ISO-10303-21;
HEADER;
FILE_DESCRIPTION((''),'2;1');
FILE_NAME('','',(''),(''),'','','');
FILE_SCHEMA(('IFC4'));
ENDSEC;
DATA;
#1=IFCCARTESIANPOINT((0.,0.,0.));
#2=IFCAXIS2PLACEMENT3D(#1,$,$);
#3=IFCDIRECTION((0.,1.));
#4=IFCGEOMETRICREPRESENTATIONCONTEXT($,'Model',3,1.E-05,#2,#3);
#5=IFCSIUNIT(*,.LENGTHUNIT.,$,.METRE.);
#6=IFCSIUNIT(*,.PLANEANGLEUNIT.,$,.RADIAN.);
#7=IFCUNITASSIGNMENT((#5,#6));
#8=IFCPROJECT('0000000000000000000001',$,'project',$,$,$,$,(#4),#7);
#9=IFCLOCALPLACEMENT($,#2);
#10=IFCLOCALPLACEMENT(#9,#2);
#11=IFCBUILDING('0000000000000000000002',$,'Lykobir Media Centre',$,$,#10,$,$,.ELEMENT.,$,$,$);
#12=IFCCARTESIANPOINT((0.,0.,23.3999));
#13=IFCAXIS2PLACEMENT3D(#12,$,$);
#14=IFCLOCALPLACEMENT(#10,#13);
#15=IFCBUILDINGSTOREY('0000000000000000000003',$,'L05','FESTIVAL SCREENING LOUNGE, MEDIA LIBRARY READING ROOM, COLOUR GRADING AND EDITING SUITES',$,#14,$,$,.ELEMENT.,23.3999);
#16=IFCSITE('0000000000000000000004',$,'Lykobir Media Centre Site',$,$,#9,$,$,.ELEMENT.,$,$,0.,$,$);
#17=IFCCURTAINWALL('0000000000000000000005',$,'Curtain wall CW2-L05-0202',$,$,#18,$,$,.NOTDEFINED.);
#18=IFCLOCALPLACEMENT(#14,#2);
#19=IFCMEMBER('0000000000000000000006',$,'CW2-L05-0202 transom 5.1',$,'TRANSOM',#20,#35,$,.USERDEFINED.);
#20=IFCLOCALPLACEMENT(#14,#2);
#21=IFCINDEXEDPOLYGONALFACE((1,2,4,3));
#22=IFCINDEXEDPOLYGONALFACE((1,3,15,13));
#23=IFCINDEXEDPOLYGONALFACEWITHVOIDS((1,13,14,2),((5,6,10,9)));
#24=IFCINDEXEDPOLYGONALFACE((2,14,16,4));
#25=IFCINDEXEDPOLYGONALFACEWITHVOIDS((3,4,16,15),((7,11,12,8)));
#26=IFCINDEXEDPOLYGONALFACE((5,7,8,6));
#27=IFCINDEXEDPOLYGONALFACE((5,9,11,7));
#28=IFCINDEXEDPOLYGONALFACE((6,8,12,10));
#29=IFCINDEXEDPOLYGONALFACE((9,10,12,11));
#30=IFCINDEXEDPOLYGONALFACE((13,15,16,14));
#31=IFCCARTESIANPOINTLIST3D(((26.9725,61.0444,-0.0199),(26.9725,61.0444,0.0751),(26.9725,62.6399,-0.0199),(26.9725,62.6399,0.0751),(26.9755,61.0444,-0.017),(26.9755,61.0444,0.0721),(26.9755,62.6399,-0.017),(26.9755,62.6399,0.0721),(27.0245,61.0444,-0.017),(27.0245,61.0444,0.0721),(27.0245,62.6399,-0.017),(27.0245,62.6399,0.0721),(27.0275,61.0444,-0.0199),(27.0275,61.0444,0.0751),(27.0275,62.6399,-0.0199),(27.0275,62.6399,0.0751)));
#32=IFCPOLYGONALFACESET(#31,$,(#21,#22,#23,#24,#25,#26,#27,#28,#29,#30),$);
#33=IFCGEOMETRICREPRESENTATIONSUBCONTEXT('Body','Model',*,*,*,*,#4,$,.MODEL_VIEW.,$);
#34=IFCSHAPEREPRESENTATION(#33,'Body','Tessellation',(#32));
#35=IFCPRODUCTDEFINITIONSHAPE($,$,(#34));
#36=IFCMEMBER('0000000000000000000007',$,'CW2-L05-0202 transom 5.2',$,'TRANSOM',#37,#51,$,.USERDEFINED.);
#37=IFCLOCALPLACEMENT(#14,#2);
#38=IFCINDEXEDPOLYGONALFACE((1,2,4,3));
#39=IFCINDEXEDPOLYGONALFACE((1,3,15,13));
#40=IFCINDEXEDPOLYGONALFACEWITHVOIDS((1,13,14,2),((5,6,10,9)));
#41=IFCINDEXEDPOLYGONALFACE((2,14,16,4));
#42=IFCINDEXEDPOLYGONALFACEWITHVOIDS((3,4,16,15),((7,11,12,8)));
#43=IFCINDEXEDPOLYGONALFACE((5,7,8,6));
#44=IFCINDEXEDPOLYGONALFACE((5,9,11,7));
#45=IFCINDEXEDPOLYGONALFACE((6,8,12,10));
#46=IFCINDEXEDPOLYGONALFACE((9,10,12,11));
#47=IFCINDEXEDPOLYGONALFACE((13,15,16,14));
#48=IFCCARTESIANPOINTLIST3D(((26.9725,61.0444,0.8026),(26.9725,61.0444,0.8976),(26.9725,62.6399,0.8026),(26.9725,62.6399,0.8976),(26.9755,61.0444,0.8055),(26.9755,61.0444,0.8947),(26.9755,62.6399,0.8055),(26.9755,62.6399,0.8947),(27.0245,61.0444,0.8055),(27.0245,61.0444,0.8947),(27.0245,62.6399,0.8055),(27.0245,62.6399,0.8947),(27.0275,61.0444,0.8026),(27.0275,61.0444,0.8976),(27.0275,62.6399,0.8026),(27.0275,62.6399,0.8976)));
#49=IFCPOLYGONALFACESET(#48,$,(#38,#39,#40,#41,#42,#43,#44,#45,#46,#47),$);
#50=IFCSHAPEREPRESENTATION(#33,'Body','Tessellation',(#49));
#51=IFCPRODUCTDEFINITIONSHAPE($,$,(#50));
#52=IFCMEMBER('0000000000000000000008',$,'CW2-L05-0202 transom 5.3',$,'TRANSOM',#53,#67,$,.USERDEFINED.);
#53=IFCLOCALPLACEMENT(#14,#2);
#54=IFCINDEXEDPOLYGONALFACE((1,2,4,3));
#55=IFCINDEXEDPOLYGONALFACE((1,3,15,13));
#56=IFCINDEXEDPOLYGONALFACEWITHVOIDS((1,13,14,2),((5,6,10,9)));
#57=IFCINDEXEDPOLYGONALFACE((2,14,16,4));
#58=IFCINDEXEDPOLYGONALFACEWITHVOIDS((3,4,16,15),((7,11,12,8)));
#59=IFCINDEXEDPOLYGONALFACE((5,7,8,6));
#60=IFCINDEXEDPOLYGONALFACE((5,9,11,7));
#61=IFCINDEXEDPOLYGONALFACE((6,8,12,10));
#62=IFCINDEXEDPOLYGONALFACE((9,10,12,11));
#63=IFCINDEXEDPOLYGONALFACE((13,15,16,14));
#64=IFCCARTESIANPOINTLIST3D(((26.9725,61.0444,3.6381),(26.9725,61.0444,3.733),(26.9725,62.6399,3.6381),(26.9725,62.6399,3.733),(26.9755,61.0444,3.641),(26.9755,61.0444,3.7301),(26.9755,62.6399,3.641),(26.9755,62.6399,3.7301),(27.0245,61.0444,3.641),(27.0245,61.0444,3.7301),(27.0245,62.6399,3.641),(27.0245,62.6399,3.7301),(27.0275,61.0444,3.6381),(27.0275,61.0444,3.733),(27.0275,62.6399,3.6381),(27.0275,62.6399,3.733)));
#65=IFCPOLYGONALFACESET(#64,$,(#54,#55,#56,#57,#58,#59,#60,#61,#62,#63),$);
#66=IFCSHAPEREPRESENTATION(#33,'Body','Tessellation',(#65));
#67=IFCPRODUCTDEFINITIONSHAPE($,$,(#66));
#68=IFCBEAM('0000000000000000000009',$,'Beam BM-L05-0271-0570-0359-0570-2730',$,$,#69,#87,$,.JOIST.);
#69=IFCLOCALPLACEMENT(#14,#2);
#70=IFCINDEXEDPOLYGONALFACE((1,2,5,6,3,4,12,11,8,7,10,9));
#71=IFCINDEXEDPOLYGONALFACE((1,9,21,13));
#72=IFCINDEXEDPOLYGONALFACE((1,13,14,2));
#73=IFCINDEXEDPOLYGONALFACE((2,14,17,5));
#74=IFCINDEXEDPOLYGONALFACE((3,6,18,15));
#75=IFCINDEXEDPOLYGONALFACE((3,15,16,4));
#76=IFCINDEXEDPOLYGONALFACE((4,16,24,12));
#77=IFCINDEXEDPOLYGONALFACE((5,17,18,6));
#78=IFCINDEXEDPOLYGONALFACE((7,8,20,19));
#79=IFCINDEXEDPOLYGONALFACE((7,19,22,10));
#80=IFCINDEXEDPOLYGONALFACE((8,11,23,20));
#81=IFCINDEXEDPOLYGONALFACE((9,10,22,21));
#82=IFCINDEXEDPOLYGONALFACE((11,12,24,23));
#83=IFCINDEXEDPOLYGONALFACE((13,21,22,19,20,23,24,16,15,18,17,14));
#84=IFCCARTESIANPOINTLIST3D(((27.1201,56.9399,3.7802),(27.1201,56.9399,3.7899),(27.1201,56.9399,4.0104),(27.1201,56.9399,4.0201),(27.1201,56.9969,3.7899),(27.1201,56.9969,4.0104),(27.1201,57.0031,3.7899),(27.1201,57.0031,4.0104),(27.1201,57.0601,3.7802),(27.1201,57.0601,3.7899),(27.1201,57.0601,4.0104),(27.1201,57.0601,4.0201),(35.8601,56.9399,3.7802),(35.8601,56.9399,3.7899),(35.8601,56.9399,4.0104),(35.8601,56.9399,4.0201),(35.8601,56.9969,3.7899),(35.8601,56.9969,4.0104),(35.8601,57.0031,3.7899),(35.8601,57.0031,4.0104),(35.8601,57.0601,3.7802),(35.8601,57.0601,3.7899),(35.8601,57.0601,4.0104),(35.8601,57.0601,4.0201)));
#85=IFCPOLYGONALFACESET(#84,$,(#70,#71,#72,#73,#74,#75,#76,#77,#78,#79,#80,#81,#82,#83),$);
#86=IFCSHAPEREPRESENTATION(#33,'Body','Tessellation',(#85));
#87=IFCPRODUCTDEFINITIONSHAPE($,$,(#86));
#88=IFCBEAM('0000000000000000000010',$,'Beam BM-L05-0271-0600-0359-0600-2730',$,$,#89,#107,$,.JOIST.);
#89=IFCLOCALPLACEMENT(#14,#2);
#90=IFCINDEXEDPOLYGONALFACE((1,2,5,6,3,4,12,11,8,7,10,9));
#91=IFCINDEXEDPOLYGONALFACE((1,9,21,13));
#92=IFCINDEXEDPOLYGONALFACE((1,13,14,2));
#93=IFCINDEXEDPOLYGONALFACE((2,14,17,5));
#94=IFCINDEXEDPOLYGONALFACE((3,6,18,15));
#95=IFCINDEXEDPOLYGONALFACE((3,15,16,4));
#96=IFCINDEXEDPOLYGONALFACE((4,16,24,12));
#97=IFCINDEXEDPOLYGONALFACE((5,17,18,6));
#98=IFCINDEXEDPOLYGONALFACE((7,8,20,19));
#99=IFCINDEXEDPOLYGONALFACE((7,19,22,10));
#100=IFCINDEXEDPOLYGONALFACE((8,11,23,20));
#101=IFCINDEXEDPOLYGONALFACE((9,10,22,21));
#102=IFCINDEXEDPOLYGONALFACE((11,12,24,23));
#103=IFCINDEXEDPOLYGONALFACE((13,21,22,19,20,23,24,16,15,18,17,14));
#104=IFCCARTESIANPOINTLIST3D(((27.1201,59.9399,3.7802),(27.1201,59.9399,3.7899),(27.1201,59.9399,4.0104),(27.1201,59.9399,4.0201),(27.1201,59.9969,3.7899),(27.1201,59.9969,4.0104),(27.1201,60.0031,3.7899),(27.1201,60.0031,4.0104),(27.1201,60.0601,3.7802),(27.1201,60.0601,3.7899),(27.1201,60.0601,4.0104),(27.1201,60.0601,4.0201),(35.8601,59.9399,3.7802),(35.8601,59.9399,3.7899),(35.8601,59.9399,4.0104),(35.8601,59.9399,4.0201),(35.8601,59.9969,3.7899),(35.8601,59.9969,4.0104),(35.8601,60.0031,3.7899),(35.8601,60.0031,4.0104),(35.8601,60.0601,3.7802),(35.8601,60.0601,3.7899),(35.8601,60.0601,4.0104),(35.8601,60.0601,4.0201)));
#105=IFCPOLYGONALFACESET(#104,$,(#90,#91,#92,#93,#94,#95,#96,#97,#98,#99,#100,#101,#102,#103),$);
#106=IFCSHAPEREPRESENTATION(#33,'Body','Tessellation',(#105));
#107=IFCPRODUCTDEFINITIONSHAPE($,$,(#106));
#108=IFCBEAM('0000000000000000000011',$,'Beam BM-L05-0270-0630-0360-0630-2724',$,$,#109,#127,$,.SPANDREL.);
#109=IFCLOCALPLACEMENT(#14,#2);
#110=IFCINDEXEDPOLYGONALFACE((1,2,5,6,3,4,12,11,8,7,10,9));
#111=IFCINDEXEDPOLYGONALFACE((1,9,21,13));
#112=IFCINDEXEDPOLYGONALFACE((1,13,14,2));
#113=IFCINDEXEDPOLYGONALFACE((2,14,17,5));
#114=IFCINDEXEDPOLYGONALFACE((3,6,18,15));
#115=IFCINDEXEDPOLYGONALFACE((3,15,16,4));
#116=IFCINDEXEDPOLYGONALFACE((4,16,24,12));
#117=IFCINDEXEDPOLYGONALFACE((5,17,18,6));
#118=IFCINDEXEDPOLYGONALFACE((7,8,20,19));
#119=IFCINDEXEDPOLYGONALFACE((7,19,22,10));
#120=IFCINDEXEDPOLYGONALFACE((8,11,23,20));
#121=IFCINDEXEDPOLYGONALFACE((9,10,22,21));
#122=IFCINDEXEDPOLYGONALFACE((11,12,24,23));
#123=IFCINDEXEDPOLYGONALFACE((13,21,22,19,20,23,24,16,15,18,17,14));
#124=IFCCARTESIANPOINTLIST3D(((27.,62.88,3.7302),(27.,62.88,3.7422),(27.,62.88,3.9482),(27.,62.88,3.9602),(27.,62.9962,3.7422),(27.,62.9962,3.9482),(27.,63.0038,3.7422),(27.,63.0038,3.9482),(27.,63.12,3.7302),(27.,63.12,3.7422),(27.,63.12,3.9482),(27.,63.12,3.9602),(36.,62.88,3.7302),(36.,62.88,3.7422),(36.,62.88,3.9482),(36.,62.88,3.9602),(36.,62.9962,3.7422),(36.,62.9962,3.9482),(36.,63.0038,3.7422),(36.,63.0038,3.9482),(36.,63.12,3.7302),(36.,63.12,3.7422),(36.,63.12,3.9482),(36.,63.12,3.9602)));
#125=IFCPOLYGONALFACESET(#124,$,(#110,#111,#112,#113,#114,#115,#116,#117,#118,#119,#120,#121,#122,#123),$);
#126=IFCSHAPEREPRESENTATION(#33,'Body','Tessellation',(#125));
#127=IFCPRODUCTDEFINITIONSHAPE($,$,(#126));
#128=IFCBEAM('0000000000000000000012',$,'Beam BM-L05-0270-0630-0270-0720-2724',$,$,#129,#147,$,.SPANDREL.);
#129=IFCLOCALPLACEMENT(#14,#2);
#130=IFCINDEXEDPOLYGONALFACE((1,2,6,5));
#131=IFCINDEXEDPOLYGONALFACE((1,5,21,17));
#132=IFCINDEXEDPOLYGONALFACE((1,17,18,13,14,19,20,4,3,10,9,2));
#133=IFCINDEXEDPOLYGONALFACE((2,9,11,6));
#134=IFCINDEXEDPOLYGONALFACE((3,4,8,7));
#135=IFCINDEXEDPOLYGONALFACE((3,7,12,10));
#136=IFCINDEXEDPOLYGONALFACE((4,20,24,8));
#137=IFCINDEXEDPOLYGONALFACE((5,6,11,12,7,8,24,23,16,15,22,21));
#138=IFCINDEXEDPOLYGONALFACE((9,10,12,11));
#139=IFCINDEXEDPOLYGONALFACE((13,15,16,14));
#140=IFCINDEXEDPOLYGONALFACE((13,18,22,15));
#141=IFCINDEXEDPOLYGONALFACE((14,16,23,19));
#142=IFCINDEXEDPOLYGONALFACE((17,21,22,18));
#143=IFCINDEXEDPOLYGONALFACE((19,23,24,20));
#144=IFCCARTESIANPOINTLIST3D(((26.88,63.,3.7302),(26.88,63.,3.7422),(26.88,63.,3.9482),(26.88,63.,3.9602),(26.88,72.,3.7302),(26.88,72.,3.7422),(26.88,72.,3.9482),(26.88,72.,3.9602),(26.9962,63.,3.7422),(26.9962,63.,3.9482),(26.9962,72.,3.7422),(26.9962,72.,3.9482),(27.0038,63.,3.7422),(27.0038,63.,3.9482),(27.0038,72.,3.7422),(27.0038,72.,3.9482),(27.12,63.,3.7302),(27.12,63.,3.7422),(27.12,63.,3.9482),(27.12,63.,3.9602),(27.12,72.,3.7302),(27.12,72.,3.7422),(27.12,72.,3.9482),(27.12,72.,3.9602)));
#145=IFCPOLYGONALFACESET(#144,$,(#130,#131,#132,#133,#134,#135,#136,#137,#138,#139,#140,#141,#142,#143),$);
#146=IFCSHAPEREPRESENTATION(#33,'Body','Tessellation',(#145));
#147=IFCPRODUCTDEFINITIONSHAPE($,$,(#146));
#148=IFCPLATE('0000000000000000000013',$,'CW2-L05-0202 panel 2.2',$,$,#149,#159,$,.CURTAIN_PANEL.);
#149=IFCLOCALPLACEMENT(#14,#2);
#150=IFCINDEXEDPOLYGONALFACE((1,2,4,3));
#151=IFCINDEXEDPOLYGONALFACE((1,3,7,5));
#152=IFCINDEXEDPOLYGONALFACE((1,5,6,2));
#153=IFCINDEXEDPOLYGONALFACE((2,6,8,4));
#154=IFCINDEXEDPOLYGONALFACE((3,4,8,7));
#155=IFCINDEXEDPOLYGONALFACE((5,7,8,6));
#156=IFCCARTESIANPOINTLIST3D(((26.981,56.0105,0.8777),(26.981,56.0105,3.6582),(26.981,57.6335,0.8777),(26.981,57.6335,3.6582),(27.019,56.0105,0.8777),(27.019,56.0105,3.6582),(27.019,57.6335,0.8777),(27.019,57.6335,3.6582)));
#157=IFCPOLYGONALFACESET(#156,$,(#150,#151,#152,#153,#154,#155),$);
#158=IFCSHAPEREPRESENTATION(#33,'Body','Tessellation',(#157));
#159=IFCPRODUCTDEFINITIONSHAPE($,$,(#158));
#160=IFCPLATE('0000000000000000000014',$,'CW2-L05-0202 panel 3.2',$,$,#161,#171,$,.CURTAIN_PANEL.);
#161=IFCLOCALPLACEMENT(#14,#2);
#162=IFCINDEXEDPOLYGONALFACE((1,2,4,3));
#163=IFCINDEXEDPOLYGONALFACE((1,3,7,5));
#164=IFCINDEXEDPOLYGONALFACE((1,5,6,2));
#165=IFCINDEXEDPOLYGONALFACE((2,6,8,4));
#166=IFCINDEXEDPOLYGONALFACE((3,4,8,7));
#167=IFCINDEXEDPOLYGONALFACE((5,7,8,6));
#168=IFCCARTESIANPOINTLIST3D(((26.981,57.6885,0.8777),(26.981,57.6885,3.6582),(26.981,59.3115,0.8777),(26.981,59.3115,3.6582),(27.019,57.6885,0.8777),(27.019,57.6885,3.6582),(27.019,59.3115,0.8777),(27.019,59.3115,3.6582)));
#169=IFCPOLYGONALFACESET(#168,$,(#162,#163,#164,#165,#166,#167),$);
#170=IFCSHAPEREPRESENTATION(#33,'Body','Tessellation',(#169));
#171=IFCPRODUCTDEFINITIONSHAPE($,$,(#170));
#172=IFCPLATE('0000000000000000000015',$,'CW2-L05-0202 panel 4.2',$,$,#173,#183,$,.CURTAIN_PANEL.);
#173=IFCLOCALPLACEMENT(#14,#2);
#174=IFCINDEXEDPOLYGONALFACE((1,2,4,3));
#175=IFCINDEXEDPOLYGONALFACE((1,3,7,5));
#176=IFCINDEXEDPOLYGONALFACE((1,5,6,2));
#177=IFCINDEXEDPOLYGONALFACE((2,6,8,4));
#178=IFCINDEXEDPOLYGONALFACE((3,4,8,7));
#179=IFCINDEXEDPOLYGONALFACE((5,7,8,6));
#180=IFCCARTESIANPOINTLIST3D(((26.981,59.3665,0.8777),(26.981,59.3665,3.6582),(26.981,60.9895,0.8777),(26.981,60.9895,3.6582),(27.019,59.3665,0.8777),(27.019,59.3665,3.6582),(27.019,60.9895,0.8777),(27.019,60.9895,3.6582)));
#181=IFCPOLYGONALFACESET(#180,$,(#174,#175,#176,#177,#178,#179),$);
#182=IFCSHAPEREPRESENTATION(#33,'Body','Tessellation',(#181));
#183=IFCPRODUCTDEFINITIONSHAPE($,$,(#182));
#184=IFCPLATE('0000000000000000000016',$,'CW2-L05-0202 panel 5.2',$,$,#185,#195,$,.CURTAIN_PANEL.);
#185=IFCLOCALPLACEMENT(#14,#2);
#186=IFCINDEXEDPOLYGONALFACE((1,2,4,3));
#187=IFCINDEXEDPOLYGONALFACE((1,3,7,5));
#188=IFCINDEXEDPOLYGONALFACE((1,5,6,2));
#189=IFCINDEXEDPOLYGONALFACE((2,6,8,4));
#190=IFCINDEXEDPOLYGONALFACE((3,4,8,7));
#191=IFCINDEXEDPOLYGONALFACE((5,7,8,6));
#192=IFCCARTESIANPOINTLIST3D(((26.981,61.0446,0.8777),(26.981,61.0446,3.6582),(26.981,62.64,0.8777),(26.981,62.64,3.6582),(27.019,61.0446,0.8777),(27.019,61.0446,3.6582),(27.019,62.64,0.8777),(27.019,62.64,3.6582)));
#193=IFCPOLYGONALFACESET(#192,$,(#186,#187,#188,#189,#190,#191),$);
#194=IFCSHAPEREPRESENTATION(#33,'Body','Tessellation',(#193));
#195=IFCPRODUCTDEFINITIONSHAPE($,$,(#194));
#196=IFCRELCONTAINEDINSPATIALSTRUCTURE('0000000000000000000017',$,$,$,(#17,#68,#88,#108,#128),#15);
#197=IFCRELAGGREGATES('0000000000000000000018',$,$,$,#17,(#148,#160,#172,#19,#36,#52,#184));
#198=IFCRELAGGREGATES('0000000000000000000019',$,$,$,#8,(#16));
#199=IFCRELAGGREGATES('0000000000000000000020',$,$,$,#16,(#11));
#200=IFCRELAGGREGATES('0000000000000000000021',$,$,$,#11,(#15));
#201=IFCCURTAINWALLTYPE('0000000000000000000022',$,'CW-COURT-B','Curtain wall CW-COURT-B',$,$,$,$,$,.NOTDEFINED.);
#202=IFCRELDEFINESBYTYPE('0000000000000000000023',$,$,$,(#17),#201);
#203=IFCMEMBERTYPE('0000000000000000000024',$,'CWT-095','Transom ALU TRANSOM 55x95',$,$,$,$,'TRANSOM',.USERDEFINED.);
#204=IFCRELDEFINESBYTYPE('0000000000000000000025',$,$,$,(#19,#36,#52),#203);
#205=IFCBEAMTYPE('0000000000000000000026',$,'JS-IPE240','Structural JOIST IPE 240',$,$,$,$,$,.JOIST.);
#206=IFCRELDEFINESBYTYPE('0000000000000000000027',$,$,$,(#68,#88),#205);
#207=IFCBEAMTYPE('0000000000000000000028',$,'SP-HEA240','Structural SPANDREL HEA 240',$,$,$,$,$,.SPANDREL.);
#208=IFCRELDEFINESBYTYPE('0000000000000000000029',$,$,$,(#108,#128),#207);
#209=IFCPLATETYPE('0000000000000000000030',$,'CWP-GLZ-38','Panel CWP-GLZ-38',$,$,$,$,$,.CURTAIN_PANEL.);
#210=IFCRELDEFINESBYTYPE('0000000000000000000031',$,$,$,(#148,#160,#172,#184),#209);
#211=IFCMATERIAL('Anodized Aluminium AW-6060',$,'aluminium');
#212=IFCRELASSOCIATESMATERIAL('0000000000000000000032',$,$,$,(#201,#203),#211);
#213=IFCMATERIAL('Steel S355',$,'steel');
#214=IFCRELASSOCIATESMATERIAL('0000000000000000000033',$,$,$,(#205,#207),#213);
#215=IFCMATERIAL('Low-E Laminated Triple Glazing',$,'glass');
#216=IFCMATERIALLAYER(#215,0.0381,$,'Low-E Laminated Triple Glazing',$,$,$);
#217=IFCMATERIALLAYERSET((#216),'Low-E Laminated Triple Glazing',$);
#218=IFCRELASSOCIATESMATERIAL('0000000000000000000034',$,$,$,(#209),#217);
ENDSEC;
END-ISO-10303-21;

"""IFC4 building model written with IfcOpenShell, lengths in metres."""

from ifc_helpers import new_model, si_unit, direction, frame, origin, origin_2d, place, context, subcontext, project, spatial, rectangle, hollow_rectangle, i_section, extrude, material, layer, layer_set, material_profile, profile_set, type_object, element, aggregate, save


model = new_model("IFC4")

# Units and contexts
model_context = context("Model", 3, precision=1e-05, world=origin(), true_north=direction((0.0, 1.0)))
body_context = subcontext(model_context, "Body", "Model", "MODEL_VIEW")
ifc_project = project(units=[si_unit("LENGTHUNIT", "METRE"), si_unit("PLANEANGLEUNIT", "RADIAN")], contexts=[model_context])

# Site, building, storey
site_placement = place(None, origin())
site = spatial("IfcSite", under=ifc_project, at=site_placement, Name="Lykobir Media Centre Site", CompositionType="ELEMENT", RefElevation=0.0)
building_placement = place(site_placement, origin())
building = spatial("IfcBuilding", under=site, at=building_placement, Name="Lykobir Media Centre", CompositionType="ELEMENT")
storey_placement = place(building_placement, frame((0.0, 0.0, 23.3999)))
storey = spatial("IfcBuildingStorey", under=building, at=storey_placement, Name="L05", Description="FESTIVAL SCREENING LOUNGE, MEDIA LIBRARY READING ROOM, COLOUR GRADING AND EDITING SUITES", CompositionType="ELEMENT", Elevation=23.3999)

# Curtain wall, members
ifc_material_1 = material(Name="Anodized Aluminium AW-6060", Category="aluminium")
curtain_wall_type = type_object("IfcCurtainWallType", Name="CW-COURT-B", Description="Curtain wall CW-COURT-B", PredefinedType="NOTDEFINED", material=ifc_material_1)
curtain_wall_placement = place(storey_placement, origin())
curtain_wall = element("IfcCurtainWall", 1, at=curtain_wall_placement, inside=storey, type_object=curtain_wall_type, Name="Curtain wall CW2-L05-0202", PredefinedType="NOTDEFINED")
ifc_material_profile_1 = material_profile(ifc_material_1, hollow_rectangle(XDim=0.0549, YDim=0.095, WallThickness=0.0029, at=origin_2d()), Name="ALU TRANSOM 55x95")
ifc_profile_set_1 = profile_set([ifc_material_profile_1], Name="Anodized Aluminium AW-6060")
member_type_1 = type_object("IfcMemberType", Name="CWT-095", Description="Transom ALU TRANSOM 55x95", ElementType="TRANSOM", PredefinedType="USERDEFINED", material=ifc_profile_set_1)
member_1_placement = place(storey_placement, frame((27.0, 61.0444, 0.0276), z_axis=(0.0, 1.0, 0.0), x_axis=(-1.0, 0.0, 0.0)))
member_1 = element("IfcMember", 2, at=member_1_placement, type_object=member_type_1, Name="CW2-L05-0202 transom 5.1", ObjectType="TRANSOM", PredefinedType="USERDEFINED", context=body_context, shape_type="SweptSolid", body=[
    extrude(hollow_rectangle(XDim=0.0549, YDim=0.095, WallThickness=0.0029, at=origin_2d()), origin(), (0.0, 0.0, 1.0), 1.5955),
])
member_2_placement = place(storey_placement, frame((27.0, 61.0444, 0.8501), z_axis=(0.0, 1.0, 0.0), x_axis=(-1.0, 0.0, 0.0)))
member_2 = element("IfcMember", 3, at=member_2_placement, type_object=member_type_1, Name="CW2-L05-0202 transom 5.2", ObjectType="TRANSOM", PredefinedType="USERDEFINED", context=body_context, shape_type="SweptSolid", body=[
    extrude(hollow_rectangle(XDim=0.0549, YDim=0.095, WallThickness=0.0029, at=origin_2d()), origin(), (0.0, 0.0, 1.0), 1.5955),
])
member_3_placement = place(storey_placement, frame((27.0, 61.0444, 3.6855), z_axis=(0.0, 1.0, 0.0), x_axis=(-1.0, 0.0, 0.0)))
member_3 = element("IfcMember", 4, at=member_3_placement, type_object=member_type_1, Name="CW2-L05-0202 transom 5.3", ObjectType="TRANSOM", PredefinedType="USERDEFINED", context=body_context, shape_type="SweptSolid", body=[
    extrude(hollow_rectangle(XDim=0.0549, YDim=0.095, WallThickness=0.0029, at=origin_2d()), origin(), (0.0, 0.0, 1.0), 1.5955),
])

# Beams
ifc_material_2 = material(Name="Steel S355", Category="steel")
ifc_material_profile_2 = material_profile(ifc_material_2, i_section(OverallWidth=0.1201, OverallDepth=0.24, WebThickness=0.0061, FlangeThickness=0.0098, at=origin_2d()), Name="IPE 240")
ifc_profile_set_2 = profile_set([ifc_material_profile_2], Name="Steel S355")
beam_type_1 = type_object("IfcBeamType", Name="JS-IPE240", Description="Structural JOIST IPE 240", PredefinedType="JOIST", material=ifc_profile_set_2)
for number, where, z_axis, x_axis, name in (
    (5, (27.1201, 57.0, 3.9001), (1.0, 0.0, 0.0), (0.0, 1.0, 0.0), "Beam BM-L05-0271-0570-0359-0570-2730"),
    (6, (27.1201, 60.0, 3.9001), (1.0, 0.0, 0.0), (0.0, 1.0, 0.0), "Beam BM-L05-0271-0600-0359-0600-2730"),
):
    element("IfcBeam", number, at=place(storey_placement, frame(where, z_axis=z_axis, x_axis=x_axis)), inside=storey, type_object=beam_type_1, Name=name, PredefinedType="JOIST", context=body_context, shape_type="SweptSolid", body=[
        extrude(i_section(OverallWidth=0.1201, OverallDepth=0.24, WebThickness=0.0061, FlangeThickness=0.0098, at=origin_2d()), origin(), (0.0, 0.0, 1.0), 8.74),
    ])
ifc_material_profile_3 = material_profile(ifc_material_2, i_section(OverallWidth=0.24, OverallDepth=0.23, WebThickness=0.0076, FlangeThickness=0.012, at=origin_2d()), Name="HEA 240")
ifc_profile_set_3 = profile_set([ifc_material_profile_3], Name="Steel S355")
beam_type_2 = type_object("IfcBeamType", Name="SP-HEA240", Description="Structural SPANDREL HEA 240", PredefinedType="SPANDREL", material=ifc_profile_set_3)
for number, where, z_axis, x_axis, name in (
    (7, (27.0, 63.0, 3.8452), (1.0, 0.0, 0.0), (0.0, 1.0, 0.0), "Beam BM-L05-0270-0630-0360-0630-2724"),
    (8, (27.0, 63.0, 3.8452), (0.0, 1.0, 0.0), (-1.0, 0.0, 0.0), "Beam BM-L05-0270-0630-0270-0720-2724"),
):
    element("IfcBeam", number, at=place(storey_placement, frame(where, z_axis=z_axis, x_axis=x_axis)), inside=storey, type_object=beam_type_2, Name=name, PredefinedType="SPANDREL", context=body_context, shape_type="SweptSolid", body=[
        extrude(i_section(OverallWidth=0.24, OverallDepth=0.23, WebThickness=0.0076, FlangeThickness=0.012, at=origin_2d()), origin(), (0.0, 0.0, 1.0), 9.0),
    ])

# Plates
ifc_material_3 = material(Name="Low-E Laminated Triple Glazing", Category="glass")
ifc_layer_1 = layer(ifc_material_3, 0.0381, Name="Low-E Laminated Triple Glazing")
ifc_layer_set_1 = layer_set([ifc_layer_1], Name="Low-E Laminated Triple Glazing")
plate_type_1 = type_object("IfcPlateType", Name="CWP-GLZ-38", Description="Panel CWP-GLZ-38", PredefinedType="CURTAIN_PANEL", material=ifc_layer_set_1)
plate_1_placement = place(storey_placement, frame((27.0, 56.822, 0.8777), z_axis=(0.0, 0.0, 1.0), x_axis=(0.0, 1.0, 0.0)))
plate_1 = element("IfcPlate", 9, at=plate_1_placement, type_object=plate_type_1, Name="CW2-L05-0202 panel 2.2", PredefinedType="CURTAIN_PANEL", context=body_context, shape_type="SweptSolid", body=[
    extrude(rectangle(XDim=1.623, YDim=0.0381, at=origin_2d()), origin(), (0.0, 0.0, 1.0), 2.7805),
])
plate_2_placement = place(storey_placement, frame((27.0, 58.5, 0.8777), z_axis=(0.0, 0.0, 1.0), x_axis=(0.0, 1.0, 0.0)))
plate_2 = element("IfcPlate", 10, at=plate_2_placement, type_object=plate_type_1, Name="CW2-L05-0202 panel 3.2", PredefinedType="CURTAIN_PANEL", context=body_context, shape_type="SweptSolid", body=[
    extrude(rectangle(XDim=1.623, YDim=0.0381, at=origin_2d()), origin(), (0.0, 0.0, 1.0), 2.7805),
])
plate_3_placement = place(storey_placement, frame((27.0, 60.178, 0.8777), z_axis=(0.0, 0.0, 1.0), x_axis=(0.0, 1.0, 0.0)))
plate_3 = element("IfcPlate", 11, at=plate_3_placement, type_object=plate_type_1, Name="CW2-L05-0202 panel 4.2", PredefinedType="CURTAIN_PANEL", context=body_context, shape_type="SweptSolid", body=[
    extrude(rectangle(XDim=1.623, YDim=0.0381, at=origin_2d()), origin(), (0.0, 0.0, 1.0), 2.7805),
])
plate_4_placement = place(storey_placement, frame((27.0, 61.8423, 0.8777), z_axis=(0.0, 0.0, 1.0), x_axis=(0.0, 1.0, 0.0)))
plate_4 = element("IfcPlate", 12, at=plate_4_placement, type_object=plate_type_1, Name="CW2-L05-0202 panel 5.2", PredefinedType="CURTAIN_PANEL", context=body_context, shape_type="SweptSolid", body=[
    extrude(rectangle(XDim=1.5955, YDim=0.0381, at=origin_2d()), origin(), (0.0, 0.0, 1.0), 2.7805),
])
aggregate(curtain_wall, [plate_1, plate_2, plate_3, member_1, member_2, member_3, plate_4])

save(model, "model.ifc")
